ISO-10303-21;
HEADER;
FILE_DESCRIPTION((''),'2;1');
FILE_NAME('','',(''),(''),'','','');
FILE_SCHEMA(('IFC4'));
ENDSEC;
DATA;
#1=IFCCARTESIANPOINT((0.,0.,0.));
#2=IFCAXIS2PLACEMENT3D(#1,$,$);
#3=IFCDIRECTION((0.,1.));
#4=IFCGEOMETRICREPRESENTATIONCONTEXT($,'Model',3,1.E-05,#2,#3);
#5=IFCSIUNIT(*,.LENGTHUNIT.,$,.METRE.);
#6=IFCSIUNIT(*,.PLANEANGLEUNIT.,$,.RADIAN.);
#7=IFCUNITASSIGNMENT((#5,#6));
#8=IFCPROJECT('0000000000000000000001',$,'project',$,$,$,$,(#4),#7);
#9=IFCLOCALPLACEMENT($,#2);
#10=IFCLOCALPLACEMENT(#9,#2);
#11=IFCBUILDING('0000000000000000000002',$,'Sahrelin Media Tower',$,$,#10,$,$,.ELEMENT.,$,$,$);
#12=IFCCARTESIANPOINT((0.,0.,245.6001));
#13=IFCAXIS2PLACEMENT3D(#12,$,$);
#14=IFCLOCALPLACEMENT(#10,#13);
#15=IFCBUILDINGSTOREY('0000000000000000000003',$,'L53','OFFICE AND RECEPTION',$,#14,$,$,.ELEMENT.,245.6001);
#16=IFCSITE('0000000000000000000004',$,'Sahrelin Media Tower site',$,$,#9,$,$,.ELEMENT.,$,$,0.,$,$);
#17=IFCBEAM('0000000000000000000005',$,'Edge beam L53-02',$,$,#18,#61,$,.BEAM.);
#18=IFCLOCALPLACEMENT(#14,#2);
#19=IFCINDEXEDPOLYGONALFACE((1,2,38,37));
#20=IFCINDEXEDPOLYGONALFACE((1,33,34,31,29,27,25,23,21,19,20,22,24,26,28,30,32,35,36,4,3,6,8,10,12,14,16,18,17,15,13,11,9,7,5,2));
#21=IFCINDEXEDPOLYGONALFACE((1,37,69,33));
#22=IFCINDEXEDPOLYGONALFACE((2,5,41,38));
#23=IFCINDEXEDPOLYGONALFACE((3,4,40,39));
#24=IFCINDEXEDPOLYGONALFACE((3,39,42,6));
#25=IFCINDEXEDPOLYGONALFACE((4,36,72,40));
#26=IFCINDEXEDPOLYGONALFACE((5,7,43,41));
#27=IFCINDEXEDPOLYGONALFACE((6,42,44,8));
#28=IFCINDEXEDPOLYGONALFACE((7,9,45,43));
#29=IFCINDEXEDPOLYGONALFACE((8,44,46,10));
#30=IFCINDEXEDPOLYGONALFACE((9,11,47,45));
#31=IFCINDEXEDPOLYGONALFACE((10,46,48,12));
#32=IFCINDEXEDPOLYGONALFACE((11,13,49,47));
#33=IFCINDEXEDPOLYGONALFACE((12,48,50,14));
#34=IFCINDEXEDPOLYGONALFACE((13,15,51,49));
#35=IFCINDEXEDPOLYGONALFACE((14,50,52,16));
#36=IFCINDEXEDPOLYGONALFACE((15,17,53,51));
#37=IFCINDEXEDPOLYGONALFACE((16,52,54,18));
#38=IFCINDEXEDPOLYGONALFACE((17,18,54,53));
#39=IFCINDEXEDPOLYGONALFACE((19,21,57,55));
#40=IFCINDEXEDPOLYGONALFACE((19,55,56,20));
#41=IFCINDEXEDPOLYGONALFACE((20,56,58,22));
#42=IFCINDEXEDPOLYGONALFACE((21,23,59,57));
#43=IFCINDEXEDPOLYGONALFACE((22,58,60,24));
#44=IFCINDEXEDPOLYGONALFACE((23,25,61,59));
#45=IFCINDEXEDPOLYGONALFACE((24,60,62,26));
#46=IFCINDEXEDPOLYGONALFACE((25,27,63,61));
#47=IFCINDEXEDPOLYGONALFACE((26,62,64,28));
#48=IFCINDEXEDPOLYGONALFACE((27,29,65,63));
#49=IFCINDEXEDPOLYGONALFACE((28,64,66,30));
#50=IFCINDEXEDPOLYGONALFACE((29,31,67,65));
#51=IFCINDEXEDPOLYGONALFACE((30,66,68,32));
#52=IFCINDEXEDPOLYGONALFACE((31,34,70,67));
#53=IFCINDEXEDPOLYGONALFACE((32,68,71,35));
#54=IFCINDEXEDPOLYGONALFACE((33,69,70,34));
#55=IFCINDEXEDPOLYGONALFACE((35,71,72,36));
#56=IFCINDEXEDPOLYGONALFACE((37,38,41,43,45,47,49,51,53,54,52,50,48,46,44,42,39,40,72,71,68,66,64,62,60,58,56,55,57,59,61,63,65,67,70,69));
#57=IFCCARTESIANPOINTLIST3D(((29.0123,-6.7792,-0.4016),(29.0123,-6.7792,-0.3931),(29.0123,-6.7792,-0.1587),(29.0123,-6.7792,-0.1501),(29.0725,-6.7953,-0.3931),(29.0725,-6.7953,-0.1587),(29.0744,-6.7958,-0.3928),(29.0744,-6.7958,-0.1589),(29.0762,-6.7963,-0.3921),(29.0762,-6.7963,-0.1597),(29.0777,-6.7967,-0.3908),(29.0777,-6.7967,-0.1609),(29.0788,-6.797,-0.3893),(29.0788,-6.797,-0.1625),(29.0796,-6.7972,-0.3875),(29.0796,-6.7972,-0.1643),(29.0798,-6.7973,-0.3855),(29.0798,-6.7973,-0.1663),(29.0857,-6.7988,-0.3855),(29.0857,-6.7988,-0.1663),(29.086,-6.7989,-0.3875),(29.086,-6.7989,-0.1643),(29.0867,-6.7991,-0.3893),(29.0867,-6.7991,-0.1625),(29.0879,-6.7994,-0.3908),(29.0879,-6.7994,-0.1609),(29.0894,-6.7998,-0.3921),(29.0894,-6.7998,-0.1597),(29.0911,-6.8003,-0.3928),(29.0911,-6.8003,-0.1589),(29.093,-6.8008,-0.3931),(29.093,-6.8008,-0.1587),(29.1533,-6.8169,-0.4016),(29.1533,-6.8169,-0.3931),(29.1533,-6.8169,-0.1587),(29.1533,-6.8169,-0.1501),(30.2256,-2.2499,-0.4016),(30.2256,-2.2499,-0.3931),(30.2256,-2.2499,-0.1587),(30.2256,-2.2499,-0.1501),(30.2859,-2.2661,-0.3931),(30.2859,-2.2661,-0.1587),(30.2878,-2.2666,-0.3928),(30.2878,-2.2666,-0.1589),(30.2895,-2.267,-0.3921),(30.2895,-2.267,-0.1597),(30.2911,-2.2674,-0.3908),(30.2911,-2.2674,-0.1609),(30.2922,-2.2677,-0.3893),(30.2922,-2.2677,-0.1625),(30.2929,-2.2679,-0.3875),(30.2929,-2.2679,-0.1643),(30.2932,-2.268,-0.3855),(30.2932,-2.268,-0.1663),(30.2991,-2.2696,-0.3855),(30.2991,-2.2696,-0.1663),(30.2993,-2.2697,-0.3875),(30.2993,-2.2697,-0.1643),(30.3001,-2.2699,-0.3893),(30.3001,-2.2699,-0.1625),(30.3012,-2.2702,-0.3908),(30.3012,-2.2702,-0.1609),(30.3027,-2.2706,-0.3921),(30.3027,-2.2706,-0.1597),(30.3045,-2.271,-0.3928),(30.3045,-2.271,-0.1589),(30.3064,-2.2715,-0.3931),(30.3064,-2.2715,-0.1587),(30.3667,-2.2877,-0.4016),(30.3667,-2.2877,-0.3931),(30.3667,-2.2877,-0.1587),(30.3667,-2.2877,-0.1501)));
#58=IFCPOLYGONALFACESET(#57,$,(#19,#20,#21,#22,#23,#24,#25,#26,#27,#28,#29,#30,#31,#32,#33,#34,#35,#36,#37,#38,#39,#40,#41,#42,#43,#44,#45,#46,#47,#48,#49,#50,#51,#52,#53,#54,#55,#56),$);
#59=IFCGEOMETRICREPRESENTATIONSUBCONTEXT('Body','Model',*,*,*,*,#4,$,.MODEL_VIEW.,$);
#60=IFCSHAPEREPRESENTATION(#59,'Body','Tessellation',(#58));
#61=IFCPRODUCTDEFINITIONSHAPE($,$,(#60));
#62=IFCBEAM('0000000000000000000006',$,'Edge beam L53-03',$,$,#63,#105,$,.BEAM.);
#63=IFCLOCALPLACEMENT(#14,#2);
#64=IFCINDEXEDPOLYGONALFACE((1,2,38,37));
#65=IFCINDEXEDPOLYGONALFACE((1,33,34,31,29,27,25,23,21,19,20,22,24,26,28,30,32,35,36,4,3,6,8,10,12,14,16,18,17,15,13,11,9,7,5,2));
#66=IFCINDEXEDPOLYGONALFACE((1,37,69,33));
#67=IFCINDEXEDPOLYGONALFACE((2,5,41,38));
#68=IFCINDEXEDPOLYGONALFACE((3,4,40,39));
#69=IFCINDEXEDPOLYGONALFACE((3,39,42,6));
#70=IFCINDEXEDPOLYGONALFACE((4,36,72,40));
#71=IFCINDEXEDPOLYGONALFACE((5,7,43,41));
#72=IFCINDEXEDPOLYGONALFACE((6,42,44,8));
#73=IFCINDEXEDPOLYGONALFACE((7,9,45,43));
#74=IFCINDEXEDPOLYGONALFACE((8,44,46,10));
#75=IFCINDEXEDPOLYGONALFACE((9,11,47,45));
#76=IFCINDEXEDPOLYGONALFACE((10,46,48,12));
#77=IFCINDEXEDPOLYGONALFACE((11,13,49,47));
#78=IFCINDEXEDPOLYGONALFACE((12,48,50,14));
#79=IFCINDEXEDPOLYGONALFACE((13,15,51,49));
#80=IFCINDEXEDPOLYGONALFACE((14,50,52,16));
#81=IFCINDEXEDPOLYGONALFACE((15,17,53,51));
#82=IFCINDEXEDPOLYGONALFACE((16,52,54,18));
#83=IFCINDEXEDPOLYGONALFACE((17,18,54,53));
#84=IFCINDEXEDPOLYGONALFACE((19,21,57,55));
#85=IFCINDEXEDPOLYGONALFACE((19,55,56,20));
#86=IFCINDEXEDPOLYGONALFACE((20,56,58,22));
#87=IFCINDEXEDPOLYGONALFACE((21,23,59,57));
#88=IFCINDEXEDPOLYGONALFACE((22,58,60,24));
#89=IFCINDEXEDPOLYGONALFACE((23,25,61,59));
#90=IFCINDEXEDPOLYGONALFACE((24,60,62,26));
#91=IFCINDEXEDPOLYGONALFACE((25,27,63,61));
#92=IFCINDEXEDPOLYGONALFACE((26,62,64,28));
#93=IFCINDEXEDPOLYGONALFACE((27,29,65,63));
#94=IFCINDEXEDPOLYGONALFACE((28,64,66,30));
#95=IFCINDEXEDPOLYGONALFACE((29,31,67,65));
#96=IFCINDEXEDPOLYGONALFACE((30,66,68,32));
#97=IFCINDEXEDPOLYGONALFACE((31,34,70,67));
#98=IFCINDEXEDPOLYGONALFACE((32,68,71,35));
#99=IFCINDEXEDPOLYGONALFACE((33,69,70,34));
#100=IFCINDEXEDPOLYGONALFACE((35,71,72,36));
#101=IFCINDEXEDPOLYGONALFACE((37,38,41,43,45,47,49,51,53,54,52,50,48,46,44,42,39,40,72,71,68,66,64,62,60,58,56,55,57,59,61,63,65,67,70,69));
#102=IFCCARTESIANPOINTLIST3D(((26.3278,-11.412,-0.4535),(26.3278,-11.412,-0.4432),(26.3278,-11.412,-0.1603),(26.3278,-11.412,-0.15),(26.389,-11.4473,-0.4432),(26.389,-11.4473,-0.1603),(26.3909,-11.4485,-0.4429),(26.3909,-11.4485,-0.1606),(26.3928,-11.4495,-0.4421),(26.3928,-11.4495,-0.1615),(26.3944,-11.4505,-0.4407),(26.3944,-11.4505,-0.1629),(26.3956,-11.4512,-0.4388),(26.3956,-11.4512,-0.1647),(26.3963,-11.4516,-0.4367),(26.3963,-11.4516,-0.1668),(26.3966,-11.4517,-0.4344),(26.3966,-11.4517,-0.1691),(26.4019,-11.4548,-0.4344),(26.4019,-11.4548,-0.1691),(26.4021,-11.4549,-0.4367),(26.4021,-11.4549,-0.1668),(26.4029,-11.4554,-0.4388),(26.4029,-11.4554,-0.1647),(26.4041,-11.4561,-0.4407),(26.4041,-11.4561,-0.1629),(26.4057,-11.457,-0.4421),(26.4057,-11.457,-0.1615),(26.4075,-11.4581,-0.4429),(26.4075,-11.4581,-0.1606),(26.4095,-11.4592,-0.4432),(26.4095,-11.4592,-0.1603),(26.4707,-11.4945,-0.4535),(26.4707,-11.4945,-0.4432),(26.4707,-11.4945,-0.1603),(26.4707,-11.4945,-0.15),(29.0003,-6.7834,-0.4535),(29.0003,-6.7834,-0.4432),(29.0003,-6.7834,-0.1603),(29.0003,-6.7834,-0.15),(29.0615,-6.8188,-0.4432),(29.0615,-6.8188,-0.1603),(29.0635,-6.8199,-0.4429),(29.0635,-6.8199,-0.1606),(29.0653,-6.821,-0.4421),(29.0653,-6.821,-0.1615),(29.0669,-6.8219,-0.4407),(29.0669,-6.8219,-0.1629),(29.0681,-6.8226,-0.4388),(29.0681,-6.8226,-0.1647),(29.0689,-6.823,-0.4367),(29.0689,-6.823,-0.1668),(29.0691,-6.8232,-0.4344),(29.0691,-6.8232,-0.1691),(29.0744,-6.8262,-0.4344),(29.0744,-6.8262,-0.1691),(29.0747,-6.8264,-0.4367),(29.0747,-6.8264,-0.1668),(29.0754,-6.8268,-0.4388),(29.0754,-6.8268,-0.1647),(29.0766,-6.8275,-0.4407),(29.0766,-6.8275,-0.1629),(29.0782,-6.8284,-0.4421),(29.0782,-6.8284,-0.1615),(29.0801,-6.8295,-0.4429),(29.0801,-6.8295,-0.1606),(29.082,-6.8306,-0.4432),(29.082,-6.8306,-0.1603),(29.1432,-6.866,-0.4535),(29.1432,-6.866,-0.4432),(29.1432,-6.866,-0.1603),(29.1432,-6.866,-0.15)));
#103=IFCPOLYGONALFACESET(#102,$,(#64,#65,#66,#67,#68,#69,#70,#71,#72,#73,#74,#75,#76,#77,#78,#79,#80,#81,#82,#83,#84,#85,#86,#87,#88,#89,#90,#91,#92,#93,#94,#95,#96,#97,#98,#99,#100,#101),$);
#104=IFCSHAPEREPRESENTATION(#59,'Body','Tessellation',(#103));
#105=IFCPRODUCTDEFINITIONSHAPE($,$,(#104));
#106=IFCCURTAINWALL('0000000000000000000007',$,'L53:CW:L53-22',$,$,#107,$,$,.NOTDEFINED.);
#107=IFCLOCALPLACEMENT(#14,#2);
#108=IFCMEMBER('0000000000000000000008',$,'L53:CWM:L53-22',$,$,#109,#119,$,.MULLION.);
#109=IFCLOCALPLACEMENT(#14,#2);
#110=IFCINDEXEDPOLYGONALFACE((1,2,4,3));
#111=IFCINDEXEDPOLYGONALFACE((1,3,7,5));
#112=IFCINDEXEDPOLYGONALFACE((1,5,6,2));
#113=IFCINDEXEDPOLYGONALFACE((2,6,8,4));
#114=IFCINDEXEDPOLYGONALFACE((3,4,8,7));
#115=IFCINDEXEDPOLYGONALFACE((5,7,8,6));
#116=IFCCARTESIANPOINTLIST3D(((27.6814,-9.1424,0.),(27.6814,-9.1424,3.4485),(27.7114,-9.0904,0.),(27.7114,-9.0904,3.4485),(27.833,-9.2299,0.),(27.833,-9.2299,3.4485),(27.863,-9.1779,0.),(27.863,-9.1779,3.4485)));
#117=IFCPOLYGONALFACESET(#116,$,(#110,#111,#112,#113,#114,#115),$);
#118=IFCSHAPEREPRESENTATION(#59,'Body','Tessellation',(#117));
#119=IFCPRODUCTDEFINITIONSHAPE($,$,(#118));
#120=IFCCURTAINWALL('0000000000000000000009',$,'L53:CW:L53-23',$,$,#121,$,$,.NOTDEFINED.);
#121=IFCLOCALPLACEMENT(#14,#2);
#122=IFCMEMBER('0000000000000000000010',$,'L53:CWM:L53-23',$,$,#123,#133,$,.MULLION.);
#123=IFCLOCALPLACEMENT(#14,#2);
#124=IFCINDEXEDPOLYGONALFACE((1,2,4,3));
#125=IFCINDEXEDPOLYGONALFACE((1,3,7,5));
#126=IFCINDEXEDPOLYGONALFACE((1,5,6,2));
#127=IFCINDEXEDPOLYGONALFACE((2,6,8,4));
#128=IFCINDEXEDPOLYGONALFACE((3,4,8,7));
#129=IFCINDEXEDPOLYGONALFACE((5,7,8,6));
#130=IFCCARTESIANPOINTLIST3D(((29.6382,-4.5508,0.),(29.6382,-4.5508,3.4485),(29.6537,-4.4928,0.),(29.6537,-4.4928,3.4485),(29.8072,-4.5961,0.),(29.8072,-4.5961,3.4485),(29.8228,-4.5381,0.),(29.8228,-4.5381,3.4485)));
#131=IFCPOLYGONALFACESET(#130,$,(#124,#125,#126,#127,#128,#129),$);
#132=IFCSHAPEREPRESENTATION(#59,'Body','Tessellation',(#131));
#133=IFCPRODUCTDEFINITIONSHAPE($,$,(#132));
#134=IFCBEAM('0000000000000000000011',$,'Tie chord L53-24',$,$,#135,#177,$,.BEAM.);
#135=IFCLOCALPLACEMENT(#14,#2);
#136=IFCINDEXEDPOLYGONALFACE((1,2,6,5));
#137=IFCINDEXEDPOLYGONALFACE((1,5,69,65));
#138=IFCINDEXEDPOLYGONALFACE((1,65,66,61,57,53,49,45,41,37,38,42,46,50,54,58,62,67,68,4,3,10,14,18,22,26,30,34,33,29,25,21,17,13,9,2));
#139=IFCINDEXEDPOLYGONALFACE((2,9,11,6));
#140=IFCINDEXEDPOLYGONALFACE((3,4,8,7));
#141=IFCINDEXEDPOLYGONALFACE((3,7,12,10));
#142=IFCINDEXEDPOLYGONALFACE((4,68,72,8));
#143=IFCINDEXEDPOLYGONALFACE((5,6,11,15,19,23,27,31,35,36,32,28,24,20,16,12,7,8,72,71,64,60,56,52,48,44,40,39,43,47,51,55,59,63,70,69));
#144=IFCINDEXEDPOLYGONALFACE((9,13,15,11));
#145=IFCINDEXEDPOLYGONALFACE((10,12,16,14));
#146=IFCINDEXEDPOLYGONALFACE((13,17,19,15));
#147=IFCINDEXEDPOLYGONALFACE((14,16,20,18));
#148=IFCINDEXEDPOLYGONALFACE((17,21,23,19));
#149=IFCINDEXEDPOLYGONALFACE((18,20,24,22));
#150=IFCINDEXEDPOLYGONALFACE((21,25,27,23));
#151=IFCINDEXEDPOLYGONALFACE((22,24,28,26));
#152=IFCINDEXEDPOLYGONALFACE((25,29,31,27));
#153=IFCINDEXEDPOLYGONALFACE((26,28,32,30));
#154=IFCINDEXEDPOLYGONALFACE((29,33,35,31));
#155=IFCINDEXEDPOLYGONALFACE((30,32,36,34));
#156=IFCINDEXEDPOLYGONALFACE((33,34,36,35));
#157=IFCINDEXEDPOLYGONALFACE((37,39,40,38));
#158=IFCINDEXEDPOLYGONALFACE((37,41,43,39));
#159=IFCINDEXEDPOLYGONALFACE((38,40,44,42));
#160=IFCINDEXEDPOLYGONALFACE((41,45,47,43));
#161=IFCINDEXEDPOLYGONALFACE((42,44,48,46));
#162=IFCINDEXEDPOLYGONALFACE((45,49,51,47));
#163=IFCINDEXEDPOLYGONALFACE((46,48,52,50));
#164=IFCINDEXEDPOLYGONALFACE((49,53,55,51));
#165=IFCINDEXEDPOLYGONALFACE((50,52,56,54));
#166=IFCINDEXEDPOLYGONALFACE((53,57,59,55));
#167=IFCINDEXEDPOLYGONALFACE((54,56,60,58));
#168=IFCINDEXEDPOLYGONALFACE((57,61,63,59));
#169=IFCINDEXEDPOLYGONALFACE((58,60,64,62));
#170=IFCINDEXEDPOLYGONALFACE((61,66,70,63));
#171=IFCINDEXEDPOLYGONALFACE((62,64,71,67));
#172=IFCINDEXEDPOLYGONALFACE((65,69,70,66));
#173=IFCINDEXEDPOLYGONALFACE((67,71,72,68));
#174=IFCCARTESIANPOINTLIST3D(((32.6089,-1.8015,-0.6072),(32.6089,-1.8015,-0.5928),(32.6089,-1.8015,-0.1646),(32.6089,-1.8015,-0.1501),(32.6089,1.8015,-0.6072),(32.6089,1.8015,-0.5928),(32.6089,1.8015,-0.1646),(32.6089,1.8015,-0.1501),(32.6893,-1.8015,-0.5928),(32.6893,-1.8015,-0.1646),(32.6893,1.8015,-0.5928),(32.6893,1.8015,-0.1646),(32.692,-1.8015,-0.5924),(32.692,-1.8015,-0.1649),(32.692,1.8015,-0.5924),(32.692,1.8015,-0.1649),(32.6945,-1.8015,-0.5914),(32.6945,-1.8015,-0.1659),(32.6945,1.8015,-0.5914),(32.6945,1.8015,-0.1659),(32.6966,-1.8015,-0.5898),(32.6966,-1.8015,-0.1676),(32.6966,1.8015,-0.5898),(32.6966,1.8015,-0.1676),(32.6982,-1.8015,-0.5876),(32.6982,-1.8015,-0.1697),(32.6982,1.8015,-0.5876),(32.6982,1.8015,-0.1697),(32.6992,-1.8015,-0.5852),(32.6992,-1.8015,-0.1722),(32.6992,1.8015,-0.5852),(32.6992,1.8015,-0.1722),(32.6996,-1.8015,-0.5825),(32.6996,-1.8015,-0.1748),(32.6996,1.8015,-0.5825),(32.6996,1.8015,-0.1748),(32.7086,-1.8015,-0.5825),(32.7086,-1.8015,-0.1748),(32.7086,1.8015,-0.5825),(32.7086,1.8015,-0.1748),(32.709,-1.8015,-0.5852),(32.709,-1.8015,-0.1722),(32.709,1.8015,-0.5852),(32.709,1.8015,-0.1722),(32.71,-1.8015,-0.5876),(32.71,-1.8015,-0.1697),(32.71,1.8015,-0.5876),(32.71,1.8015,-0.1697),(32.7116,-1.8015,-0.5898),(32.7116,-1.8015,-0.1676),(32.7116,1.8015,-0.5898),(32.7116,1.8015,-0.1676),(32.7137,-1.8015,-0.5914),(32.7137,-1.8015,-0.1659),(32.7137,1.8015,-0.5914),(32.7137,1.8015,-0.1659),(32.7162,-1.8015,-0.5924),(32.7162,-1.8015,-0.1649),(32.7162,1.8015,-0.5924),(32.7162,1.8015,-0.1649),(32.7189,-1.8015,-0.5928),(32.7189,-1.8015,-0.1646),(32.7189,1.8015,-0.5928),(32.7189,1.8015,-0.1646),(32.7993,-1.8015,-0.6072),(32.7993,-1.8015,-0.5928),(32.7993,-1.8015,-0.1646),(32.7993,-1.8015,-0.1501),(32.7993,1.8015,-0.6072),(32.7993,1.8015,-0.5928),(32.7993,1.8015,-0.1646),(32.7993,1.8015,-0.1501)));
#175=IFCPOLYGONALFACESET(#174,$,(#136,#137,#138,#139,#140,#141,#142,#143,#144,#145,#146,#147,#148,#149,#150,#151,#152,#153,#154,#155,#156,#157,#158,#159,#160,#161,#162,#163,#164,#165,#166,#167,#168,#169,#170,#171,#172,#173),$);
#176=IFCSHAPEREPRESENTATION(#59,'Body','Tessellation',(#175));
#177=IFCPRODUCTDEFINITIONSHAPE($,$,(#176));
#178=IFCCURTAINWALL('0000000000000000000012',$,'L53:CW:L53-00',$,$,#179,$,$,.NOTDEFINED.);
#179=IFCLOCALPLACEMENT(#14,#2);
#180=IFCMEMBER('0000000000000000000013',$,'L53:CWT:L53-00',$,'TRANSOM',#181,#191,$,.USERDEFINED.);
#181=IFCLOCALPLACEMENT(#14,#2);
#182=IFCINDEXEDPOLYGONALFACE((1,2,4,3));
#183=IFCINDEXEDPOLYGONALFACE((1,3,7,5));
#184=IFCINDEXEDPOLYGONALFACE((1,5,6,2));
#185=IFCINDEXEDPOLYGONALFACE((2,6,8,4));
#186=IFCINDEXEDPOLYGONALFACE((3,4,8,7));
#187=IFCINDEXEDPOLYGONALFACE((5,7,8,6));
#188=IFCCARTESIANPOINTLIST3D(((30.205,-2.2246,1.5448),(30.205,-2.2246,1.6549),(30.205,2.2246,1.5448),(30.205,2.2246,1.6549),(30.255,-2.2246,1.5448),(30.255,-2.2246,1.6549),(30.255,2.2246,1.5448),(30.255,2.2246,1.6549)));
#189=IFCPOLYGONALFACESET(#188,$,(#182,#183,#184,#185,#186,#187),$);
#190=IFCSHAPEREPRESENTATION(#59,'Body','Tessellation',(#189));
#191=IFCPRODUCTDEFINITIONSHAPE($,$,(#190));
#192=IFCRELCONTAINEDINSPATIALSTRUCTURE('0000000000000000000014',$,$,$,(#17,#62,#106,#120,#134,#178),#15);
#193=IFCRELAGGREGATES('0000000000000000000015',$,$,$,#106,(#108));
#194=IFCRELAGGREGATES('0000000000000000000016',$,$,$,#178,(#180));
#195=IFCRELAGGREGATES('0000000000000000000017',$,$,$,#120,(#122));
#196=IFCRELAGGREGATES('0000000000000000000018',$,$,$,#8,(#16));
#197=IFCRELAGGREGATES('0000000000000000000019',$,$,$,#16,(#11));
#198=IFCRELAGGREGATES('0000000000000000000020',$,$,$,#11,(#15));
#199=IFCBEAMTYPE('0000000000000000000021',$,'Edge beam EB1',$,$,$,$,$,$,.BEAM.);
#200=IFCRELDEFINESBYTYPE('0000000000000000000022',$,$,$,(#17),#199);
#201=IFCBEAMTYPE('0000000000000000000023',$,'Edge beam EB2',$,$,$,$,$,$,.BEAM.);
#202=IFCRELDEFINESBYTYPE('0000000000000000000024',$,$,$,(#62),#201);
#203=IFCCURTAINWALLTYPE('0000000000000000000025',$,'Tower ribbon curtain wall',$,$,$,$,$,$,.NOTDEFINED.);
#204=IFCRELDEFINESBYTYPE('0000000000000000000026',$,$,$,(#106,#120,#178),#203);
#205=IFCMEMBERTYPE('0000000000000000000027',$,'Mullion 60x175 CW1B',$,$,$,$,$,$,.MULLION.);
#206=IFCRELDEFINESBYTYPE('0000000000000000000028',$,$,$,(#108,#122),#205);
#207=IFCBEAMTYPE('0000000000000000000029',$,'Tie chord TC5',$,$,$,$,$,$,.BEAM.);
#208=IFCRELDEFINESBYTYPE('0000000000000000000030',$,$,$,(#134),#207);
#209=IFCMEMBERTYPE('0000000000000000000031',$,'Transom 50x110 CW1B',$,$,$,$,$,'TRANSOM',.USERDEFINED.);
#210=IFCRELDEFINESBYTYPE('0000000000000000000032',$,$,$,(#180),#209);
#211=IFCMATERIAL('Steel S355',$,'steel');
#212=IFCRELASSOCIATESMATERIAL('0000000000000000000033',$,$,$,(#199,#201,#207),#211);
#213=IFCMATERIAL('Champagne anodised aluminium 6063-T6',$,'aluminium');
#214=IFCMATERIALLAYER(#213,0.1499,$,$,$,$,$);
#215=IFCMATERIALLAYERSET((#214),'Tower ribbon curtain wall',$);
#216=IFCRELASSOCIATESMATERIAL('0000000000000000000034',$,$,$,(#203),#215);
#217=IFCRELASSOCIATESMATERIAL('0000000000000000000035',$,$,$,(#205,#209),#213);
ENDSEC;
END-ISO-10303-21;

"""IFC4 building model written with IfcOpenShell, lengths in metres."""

from ifc_helpers import new_model, si_unit, direction, frame, origin, origin_2d, place, context, subcontext, project, spatial, rectangle, i_section, extrude, material, layer, layer_set, material_profile, profile_set, type_object, element, aggregate, save


model = new_model("IFC4")

# Units and contexts
model_context = context("Model", 3, precision=1e-05, world=origin(), true_north=direction((0.0, 1.0)))
body_context = subcontext(model_context, "Body", "Model", "MODEL_VIEW")
ifc_project = project(units=[si_unit("LENGTHUNIT", "METRE"), si_unit("PLANEANGLEUNIT", "RADIAN")], contexts=[model_context])

# Site, building, storey
site_placement = place(None, origin())
site = spatial("IfcSite", under=ifc_project, at=site_placement, Name="Sahrelin Media Tower site", CompositionType="ELEMENT", RefElevation=0.0)
building_placement = place(site_placement, origin())
building = spatial("IfcBuilding", under=site, at=building_placement, Name="Sahrelin Media Tower", CompositionType="ELEMENT")
storey_placement = place(building_placement, frame((0.0, 0.0, 245.6001)))
storey = spatial("IfcBuildingStorey", under=building, at=storey_placement, Name="L53", Description="OFFICE AND RECEPTION", CompositionType="ELEMENT", Elevation=245.6001)

# Beams
ifc_material_1 = material(Name="Steel S355", Category="steel")
ifc_material_profile_1 = material_profile(ifc_material_1, i_section(OverallWidth=0.146, OverallDepth=0.2515, WebThickness=0.0061, FlangeThickness=0.0085, FilletRadius=0.0076, at=origin_2d()), Name="UB 254x146x31")
ifc_profile_set_1 = profile_set([ifc_material_profile_1], Name="Steel S355")
beam_type_1 = type_object("IfcBeamType", Name="Edge beam EB1", PredefinedType="BEAM", material=ifc_profile_set_1)
beam_1_placement = place(storey_placement, frame((30.2961, -2.2688, -0.2759), z_axis=(-0.258771, -0.965939, 0.0), x_axis=(0.965939, -0.258771, 0.0)))
element("IfcBeam", 1, at=beam_1_placement, inside=storey, type_object=beam_type_1, Name="Edge beam L53-02", PredefinedType="BEAM", context=body_context, shape_type="SweptSolid", body=[
    extrude(i_section(OverallWidth=0.146, OverallDepth=0.2515, WebThickness=0.0061, FlangeThickness=0.0085, FilletRadius=0.0076, at=origin_2d()), origin(), (0.0, 0.0, 1.0), 4.689),
])
ifc_material_profile_2 = material_profile(ifc_material_1, i_section(OverallWidth=0.165, OverallDepth=0.3035, WebThickness=0.0061, FlangeThickness=0.0103, FilletRadius=0.0088, at=origin_2d()), Name="UB 305x165x40")
ifc_profile_set_2 = profile_set([ifc_material_profile_2], Name="Steel S355")
beam_type_2 = type_object("IfcBeamType", Name="Edge beam EB2", PredefinedType="BEAM", material=ifc_profile_set_2)
beam_2_placement = place(storey_placement, frame((29.0718, -6.8247, -0.3018), z_axis=(-0.500035, -0.866005, 0.0), x_axis=(0.866005, -0.500035, 0.0)))
element("IfcBeam", 2, at=beam_2_placement, inside=storey, type_object=beam_type_2, Name="Edge beam L53-03", PredefinedType="BEAM", context=body_context, shape_type="SweptSolid", body=[
    extrude(i_section(OverallWidth=0.165, OverallDepth=0.3035, WebThickness=0.0061, FlangeThickness=0.0103, FilletRadius=0.0088, at=origin_2d()), origin(), (0.0, 0.0, 1.0), 5.3447),
])

# Curtain walls, members
ifc_material_2 = material(Name="Champagne anodised aluminium 6063-T6", Category="aluminium")
ifc_layer_1 = layer(ifc_material_2, 0.1499)
ifc_layer_set_1 = layer_set([ifc_layer_1], Name="Tower ribbon curtain wall")
curtain_wall_type = type_object("IfcCurtainWallType", Name="Tower ribbon curtain wall", PredefinedType="NOTDEFINED", material=ifc_layer_set_1)
curtain_wall_1_placement = place(storey_placement, frame((27.8652, -9.2141, 0.0), z_axis=(0.0, 0.0, 1.0), x_axis=(1.0, 0.0, 0.0)))
curtain_wall_1 = element("IfcCurtainWall", 3, at=curtain_wall_1_placement, inside=storey, type_object=curtain_wall_type, Name="L53:CW:L53-22", PredefinedType="NOTDEFINED")
ifc_material_profile_3 = material_profile(ifc_material_2, rectangle(XDim=0.0601, YDim=0.175, at=origin_2d()), Name="Mullion 60x175")
ifc_profile_set_3 = profile_set([ifc_material_profile_3], Name="Champagne anodised aluminium 6063-T6")
member_type_1 = type_object("IfcMemberType", Name="Mullion 60x175 CW1B", PredefinedType="MULLION", material=ifc_profile_set_3)
member_1_placement = place(storey_placement, frame((27.7722, -9.1602, 0.0), z_axis=(0.0, 0.0, 1.0), x_axis=(0.500009, 0.86602, 0.0)))
member_1 = element("IfcMember", 4, at=member_1_placement, type_object=member_type_1, Name="L53:CWM:L53-22", PredefinedType="MULLION", context=body_context, shape_type="SweptSolid", body=[
    extrude(rectangle(XDim=0.0601, YDim=0.175, at=origin_2d()), origin(), (0.0, 0.0, 1.0), 3.4485),
])
aggregate(curtain_wall_1, [member_1])
curtain_wall_2_placement = place(storey_placement, frame((29.8345, -4.5723, 0.0), z_axis=(0.0, 0.0, 1.0), x_axis=(1.0, 0.0, 0.0)))
curtain_wall_2 = element("IfcCurtainWall", 5, at=curtain_wall_2_placement, inside=storey, type_object=curtain_wall_type, Name="L53:CW:L53-23", PredefinedType="NOTDEFINED")
member_2_placement = place(storey_placement, frame((29.7305, -4.5444, 0.0), z_axis=(0.0, 0.0, 1.0), x_axis=(0.258812, 0.965928, 0.0)))
member_2 = element("IfcMember", 6, at=member_2_placement, type_object=member_type_1, Name="L53:CWM:L53-23", PredefinedType="MULLION", context=body_context, shape_type="SweptSolid", body=[
    extrude(rectangle(XDim=0.0601, YDim=0.175, at=origin_2d()), origin(), (0.0, 0.0, 1.0), 3.4485),
])

# Beam
ifc_material_profile_4 = material_profile(ifc_material_1, i_section(OverallWidth=0.1904, OverallDepth=0.457, WebThickness=0.009, FlangeThickness=0.0144, FilletRadius=0.0103, at=origin_2d()), Name="UB 457x191x74")
ifc_profile_set_4 = profile_set([ifc_material_profile_4], Name="Steel S355")
beam_type_3 = type_object("IfcBeamType", Name="Tie chord TC5", PredefinedType="BEAM", material=ifc_profile_set_4)
beam_3_placement = place(storey_placement, frame((32.7041, -1.8015, -0.3787), z_axis=(0.0, 1.0, 0.0), x_axis=(-1.0, 0.0, 0.0)))
element("IfcBeam", 7, at=beam_3_placement, inside=storey, type_object=beam_type_3, Name="Tie chord L53-24", PredefinedType="BEAM", context=body_context, shape_type="SweptSolid", body=[
    extrude(i_section(OverallWidth=0.1904, OverallDepth=0.457, WebThickness=0.009, FlangeThickness=0.0144, FilletRadius=0.0103, at=origin_2d()), origin(), (0.0, 0.0, 1.0), 3.603),
])

# Curtain wall, member
curtain_wall_3_placement = place(storey_placement, frame((30.45, 0.0, 0.0), z_axis=(0.0, 0.0, 1.0), x_axis=(1.0, 0.0, 0.0)))
curtain_wall_3 = element("IfcCurtainWall", 8, at=curtain_wall_3_placement, inside=storey, type_object=curtain_wall_type, Name="L53:CW:L53-00", PredefinedType="NOTDEFINED")
ifc_material_profile_5 = material_profile(ifc_material_2, rectangle(XDim=0.05, YDim=0.1101, at=origin_2d()), Name="Transom 50x110")
ifc_profile_set_5 = profile_set([ifc_material_profile_5], Name="Champagne anodised aluminium 6063-T6")
member_type_2 = type_object("IfcMemberType", Name="Transom 50x110 CW1B", ElementType="TRANSOM", PredefinedType="USERDEFINED", material=ifc_profile_set_5)
member_3_placement = place(storey_placement, frame((30.23, -2.2246, 1.5999), z_axis=(0.0, 1.0, 0.0), x_axis=(-1.0, 0.0, 0.0)))
member_3 = element("IfcMember", 9, at=member_3_placement, type_object=member_type_2, Name="L53:CWT:L53-00", ObjectType="TRANSOM", PredefinedType="USERDEFINED", context=body_context, shape_type="SweptSolid", body=[
    extrude(rectangle(XDim=0.05, YDim=0.1101, at=origin_2d()), origin(), (0.0, 0.0, 1.0), 4.4492),
])

aggregate(curtain_wall_3, [member_3])
aggregate(curtain_wall_2, [member_2])

save(model, "model.ifc")
